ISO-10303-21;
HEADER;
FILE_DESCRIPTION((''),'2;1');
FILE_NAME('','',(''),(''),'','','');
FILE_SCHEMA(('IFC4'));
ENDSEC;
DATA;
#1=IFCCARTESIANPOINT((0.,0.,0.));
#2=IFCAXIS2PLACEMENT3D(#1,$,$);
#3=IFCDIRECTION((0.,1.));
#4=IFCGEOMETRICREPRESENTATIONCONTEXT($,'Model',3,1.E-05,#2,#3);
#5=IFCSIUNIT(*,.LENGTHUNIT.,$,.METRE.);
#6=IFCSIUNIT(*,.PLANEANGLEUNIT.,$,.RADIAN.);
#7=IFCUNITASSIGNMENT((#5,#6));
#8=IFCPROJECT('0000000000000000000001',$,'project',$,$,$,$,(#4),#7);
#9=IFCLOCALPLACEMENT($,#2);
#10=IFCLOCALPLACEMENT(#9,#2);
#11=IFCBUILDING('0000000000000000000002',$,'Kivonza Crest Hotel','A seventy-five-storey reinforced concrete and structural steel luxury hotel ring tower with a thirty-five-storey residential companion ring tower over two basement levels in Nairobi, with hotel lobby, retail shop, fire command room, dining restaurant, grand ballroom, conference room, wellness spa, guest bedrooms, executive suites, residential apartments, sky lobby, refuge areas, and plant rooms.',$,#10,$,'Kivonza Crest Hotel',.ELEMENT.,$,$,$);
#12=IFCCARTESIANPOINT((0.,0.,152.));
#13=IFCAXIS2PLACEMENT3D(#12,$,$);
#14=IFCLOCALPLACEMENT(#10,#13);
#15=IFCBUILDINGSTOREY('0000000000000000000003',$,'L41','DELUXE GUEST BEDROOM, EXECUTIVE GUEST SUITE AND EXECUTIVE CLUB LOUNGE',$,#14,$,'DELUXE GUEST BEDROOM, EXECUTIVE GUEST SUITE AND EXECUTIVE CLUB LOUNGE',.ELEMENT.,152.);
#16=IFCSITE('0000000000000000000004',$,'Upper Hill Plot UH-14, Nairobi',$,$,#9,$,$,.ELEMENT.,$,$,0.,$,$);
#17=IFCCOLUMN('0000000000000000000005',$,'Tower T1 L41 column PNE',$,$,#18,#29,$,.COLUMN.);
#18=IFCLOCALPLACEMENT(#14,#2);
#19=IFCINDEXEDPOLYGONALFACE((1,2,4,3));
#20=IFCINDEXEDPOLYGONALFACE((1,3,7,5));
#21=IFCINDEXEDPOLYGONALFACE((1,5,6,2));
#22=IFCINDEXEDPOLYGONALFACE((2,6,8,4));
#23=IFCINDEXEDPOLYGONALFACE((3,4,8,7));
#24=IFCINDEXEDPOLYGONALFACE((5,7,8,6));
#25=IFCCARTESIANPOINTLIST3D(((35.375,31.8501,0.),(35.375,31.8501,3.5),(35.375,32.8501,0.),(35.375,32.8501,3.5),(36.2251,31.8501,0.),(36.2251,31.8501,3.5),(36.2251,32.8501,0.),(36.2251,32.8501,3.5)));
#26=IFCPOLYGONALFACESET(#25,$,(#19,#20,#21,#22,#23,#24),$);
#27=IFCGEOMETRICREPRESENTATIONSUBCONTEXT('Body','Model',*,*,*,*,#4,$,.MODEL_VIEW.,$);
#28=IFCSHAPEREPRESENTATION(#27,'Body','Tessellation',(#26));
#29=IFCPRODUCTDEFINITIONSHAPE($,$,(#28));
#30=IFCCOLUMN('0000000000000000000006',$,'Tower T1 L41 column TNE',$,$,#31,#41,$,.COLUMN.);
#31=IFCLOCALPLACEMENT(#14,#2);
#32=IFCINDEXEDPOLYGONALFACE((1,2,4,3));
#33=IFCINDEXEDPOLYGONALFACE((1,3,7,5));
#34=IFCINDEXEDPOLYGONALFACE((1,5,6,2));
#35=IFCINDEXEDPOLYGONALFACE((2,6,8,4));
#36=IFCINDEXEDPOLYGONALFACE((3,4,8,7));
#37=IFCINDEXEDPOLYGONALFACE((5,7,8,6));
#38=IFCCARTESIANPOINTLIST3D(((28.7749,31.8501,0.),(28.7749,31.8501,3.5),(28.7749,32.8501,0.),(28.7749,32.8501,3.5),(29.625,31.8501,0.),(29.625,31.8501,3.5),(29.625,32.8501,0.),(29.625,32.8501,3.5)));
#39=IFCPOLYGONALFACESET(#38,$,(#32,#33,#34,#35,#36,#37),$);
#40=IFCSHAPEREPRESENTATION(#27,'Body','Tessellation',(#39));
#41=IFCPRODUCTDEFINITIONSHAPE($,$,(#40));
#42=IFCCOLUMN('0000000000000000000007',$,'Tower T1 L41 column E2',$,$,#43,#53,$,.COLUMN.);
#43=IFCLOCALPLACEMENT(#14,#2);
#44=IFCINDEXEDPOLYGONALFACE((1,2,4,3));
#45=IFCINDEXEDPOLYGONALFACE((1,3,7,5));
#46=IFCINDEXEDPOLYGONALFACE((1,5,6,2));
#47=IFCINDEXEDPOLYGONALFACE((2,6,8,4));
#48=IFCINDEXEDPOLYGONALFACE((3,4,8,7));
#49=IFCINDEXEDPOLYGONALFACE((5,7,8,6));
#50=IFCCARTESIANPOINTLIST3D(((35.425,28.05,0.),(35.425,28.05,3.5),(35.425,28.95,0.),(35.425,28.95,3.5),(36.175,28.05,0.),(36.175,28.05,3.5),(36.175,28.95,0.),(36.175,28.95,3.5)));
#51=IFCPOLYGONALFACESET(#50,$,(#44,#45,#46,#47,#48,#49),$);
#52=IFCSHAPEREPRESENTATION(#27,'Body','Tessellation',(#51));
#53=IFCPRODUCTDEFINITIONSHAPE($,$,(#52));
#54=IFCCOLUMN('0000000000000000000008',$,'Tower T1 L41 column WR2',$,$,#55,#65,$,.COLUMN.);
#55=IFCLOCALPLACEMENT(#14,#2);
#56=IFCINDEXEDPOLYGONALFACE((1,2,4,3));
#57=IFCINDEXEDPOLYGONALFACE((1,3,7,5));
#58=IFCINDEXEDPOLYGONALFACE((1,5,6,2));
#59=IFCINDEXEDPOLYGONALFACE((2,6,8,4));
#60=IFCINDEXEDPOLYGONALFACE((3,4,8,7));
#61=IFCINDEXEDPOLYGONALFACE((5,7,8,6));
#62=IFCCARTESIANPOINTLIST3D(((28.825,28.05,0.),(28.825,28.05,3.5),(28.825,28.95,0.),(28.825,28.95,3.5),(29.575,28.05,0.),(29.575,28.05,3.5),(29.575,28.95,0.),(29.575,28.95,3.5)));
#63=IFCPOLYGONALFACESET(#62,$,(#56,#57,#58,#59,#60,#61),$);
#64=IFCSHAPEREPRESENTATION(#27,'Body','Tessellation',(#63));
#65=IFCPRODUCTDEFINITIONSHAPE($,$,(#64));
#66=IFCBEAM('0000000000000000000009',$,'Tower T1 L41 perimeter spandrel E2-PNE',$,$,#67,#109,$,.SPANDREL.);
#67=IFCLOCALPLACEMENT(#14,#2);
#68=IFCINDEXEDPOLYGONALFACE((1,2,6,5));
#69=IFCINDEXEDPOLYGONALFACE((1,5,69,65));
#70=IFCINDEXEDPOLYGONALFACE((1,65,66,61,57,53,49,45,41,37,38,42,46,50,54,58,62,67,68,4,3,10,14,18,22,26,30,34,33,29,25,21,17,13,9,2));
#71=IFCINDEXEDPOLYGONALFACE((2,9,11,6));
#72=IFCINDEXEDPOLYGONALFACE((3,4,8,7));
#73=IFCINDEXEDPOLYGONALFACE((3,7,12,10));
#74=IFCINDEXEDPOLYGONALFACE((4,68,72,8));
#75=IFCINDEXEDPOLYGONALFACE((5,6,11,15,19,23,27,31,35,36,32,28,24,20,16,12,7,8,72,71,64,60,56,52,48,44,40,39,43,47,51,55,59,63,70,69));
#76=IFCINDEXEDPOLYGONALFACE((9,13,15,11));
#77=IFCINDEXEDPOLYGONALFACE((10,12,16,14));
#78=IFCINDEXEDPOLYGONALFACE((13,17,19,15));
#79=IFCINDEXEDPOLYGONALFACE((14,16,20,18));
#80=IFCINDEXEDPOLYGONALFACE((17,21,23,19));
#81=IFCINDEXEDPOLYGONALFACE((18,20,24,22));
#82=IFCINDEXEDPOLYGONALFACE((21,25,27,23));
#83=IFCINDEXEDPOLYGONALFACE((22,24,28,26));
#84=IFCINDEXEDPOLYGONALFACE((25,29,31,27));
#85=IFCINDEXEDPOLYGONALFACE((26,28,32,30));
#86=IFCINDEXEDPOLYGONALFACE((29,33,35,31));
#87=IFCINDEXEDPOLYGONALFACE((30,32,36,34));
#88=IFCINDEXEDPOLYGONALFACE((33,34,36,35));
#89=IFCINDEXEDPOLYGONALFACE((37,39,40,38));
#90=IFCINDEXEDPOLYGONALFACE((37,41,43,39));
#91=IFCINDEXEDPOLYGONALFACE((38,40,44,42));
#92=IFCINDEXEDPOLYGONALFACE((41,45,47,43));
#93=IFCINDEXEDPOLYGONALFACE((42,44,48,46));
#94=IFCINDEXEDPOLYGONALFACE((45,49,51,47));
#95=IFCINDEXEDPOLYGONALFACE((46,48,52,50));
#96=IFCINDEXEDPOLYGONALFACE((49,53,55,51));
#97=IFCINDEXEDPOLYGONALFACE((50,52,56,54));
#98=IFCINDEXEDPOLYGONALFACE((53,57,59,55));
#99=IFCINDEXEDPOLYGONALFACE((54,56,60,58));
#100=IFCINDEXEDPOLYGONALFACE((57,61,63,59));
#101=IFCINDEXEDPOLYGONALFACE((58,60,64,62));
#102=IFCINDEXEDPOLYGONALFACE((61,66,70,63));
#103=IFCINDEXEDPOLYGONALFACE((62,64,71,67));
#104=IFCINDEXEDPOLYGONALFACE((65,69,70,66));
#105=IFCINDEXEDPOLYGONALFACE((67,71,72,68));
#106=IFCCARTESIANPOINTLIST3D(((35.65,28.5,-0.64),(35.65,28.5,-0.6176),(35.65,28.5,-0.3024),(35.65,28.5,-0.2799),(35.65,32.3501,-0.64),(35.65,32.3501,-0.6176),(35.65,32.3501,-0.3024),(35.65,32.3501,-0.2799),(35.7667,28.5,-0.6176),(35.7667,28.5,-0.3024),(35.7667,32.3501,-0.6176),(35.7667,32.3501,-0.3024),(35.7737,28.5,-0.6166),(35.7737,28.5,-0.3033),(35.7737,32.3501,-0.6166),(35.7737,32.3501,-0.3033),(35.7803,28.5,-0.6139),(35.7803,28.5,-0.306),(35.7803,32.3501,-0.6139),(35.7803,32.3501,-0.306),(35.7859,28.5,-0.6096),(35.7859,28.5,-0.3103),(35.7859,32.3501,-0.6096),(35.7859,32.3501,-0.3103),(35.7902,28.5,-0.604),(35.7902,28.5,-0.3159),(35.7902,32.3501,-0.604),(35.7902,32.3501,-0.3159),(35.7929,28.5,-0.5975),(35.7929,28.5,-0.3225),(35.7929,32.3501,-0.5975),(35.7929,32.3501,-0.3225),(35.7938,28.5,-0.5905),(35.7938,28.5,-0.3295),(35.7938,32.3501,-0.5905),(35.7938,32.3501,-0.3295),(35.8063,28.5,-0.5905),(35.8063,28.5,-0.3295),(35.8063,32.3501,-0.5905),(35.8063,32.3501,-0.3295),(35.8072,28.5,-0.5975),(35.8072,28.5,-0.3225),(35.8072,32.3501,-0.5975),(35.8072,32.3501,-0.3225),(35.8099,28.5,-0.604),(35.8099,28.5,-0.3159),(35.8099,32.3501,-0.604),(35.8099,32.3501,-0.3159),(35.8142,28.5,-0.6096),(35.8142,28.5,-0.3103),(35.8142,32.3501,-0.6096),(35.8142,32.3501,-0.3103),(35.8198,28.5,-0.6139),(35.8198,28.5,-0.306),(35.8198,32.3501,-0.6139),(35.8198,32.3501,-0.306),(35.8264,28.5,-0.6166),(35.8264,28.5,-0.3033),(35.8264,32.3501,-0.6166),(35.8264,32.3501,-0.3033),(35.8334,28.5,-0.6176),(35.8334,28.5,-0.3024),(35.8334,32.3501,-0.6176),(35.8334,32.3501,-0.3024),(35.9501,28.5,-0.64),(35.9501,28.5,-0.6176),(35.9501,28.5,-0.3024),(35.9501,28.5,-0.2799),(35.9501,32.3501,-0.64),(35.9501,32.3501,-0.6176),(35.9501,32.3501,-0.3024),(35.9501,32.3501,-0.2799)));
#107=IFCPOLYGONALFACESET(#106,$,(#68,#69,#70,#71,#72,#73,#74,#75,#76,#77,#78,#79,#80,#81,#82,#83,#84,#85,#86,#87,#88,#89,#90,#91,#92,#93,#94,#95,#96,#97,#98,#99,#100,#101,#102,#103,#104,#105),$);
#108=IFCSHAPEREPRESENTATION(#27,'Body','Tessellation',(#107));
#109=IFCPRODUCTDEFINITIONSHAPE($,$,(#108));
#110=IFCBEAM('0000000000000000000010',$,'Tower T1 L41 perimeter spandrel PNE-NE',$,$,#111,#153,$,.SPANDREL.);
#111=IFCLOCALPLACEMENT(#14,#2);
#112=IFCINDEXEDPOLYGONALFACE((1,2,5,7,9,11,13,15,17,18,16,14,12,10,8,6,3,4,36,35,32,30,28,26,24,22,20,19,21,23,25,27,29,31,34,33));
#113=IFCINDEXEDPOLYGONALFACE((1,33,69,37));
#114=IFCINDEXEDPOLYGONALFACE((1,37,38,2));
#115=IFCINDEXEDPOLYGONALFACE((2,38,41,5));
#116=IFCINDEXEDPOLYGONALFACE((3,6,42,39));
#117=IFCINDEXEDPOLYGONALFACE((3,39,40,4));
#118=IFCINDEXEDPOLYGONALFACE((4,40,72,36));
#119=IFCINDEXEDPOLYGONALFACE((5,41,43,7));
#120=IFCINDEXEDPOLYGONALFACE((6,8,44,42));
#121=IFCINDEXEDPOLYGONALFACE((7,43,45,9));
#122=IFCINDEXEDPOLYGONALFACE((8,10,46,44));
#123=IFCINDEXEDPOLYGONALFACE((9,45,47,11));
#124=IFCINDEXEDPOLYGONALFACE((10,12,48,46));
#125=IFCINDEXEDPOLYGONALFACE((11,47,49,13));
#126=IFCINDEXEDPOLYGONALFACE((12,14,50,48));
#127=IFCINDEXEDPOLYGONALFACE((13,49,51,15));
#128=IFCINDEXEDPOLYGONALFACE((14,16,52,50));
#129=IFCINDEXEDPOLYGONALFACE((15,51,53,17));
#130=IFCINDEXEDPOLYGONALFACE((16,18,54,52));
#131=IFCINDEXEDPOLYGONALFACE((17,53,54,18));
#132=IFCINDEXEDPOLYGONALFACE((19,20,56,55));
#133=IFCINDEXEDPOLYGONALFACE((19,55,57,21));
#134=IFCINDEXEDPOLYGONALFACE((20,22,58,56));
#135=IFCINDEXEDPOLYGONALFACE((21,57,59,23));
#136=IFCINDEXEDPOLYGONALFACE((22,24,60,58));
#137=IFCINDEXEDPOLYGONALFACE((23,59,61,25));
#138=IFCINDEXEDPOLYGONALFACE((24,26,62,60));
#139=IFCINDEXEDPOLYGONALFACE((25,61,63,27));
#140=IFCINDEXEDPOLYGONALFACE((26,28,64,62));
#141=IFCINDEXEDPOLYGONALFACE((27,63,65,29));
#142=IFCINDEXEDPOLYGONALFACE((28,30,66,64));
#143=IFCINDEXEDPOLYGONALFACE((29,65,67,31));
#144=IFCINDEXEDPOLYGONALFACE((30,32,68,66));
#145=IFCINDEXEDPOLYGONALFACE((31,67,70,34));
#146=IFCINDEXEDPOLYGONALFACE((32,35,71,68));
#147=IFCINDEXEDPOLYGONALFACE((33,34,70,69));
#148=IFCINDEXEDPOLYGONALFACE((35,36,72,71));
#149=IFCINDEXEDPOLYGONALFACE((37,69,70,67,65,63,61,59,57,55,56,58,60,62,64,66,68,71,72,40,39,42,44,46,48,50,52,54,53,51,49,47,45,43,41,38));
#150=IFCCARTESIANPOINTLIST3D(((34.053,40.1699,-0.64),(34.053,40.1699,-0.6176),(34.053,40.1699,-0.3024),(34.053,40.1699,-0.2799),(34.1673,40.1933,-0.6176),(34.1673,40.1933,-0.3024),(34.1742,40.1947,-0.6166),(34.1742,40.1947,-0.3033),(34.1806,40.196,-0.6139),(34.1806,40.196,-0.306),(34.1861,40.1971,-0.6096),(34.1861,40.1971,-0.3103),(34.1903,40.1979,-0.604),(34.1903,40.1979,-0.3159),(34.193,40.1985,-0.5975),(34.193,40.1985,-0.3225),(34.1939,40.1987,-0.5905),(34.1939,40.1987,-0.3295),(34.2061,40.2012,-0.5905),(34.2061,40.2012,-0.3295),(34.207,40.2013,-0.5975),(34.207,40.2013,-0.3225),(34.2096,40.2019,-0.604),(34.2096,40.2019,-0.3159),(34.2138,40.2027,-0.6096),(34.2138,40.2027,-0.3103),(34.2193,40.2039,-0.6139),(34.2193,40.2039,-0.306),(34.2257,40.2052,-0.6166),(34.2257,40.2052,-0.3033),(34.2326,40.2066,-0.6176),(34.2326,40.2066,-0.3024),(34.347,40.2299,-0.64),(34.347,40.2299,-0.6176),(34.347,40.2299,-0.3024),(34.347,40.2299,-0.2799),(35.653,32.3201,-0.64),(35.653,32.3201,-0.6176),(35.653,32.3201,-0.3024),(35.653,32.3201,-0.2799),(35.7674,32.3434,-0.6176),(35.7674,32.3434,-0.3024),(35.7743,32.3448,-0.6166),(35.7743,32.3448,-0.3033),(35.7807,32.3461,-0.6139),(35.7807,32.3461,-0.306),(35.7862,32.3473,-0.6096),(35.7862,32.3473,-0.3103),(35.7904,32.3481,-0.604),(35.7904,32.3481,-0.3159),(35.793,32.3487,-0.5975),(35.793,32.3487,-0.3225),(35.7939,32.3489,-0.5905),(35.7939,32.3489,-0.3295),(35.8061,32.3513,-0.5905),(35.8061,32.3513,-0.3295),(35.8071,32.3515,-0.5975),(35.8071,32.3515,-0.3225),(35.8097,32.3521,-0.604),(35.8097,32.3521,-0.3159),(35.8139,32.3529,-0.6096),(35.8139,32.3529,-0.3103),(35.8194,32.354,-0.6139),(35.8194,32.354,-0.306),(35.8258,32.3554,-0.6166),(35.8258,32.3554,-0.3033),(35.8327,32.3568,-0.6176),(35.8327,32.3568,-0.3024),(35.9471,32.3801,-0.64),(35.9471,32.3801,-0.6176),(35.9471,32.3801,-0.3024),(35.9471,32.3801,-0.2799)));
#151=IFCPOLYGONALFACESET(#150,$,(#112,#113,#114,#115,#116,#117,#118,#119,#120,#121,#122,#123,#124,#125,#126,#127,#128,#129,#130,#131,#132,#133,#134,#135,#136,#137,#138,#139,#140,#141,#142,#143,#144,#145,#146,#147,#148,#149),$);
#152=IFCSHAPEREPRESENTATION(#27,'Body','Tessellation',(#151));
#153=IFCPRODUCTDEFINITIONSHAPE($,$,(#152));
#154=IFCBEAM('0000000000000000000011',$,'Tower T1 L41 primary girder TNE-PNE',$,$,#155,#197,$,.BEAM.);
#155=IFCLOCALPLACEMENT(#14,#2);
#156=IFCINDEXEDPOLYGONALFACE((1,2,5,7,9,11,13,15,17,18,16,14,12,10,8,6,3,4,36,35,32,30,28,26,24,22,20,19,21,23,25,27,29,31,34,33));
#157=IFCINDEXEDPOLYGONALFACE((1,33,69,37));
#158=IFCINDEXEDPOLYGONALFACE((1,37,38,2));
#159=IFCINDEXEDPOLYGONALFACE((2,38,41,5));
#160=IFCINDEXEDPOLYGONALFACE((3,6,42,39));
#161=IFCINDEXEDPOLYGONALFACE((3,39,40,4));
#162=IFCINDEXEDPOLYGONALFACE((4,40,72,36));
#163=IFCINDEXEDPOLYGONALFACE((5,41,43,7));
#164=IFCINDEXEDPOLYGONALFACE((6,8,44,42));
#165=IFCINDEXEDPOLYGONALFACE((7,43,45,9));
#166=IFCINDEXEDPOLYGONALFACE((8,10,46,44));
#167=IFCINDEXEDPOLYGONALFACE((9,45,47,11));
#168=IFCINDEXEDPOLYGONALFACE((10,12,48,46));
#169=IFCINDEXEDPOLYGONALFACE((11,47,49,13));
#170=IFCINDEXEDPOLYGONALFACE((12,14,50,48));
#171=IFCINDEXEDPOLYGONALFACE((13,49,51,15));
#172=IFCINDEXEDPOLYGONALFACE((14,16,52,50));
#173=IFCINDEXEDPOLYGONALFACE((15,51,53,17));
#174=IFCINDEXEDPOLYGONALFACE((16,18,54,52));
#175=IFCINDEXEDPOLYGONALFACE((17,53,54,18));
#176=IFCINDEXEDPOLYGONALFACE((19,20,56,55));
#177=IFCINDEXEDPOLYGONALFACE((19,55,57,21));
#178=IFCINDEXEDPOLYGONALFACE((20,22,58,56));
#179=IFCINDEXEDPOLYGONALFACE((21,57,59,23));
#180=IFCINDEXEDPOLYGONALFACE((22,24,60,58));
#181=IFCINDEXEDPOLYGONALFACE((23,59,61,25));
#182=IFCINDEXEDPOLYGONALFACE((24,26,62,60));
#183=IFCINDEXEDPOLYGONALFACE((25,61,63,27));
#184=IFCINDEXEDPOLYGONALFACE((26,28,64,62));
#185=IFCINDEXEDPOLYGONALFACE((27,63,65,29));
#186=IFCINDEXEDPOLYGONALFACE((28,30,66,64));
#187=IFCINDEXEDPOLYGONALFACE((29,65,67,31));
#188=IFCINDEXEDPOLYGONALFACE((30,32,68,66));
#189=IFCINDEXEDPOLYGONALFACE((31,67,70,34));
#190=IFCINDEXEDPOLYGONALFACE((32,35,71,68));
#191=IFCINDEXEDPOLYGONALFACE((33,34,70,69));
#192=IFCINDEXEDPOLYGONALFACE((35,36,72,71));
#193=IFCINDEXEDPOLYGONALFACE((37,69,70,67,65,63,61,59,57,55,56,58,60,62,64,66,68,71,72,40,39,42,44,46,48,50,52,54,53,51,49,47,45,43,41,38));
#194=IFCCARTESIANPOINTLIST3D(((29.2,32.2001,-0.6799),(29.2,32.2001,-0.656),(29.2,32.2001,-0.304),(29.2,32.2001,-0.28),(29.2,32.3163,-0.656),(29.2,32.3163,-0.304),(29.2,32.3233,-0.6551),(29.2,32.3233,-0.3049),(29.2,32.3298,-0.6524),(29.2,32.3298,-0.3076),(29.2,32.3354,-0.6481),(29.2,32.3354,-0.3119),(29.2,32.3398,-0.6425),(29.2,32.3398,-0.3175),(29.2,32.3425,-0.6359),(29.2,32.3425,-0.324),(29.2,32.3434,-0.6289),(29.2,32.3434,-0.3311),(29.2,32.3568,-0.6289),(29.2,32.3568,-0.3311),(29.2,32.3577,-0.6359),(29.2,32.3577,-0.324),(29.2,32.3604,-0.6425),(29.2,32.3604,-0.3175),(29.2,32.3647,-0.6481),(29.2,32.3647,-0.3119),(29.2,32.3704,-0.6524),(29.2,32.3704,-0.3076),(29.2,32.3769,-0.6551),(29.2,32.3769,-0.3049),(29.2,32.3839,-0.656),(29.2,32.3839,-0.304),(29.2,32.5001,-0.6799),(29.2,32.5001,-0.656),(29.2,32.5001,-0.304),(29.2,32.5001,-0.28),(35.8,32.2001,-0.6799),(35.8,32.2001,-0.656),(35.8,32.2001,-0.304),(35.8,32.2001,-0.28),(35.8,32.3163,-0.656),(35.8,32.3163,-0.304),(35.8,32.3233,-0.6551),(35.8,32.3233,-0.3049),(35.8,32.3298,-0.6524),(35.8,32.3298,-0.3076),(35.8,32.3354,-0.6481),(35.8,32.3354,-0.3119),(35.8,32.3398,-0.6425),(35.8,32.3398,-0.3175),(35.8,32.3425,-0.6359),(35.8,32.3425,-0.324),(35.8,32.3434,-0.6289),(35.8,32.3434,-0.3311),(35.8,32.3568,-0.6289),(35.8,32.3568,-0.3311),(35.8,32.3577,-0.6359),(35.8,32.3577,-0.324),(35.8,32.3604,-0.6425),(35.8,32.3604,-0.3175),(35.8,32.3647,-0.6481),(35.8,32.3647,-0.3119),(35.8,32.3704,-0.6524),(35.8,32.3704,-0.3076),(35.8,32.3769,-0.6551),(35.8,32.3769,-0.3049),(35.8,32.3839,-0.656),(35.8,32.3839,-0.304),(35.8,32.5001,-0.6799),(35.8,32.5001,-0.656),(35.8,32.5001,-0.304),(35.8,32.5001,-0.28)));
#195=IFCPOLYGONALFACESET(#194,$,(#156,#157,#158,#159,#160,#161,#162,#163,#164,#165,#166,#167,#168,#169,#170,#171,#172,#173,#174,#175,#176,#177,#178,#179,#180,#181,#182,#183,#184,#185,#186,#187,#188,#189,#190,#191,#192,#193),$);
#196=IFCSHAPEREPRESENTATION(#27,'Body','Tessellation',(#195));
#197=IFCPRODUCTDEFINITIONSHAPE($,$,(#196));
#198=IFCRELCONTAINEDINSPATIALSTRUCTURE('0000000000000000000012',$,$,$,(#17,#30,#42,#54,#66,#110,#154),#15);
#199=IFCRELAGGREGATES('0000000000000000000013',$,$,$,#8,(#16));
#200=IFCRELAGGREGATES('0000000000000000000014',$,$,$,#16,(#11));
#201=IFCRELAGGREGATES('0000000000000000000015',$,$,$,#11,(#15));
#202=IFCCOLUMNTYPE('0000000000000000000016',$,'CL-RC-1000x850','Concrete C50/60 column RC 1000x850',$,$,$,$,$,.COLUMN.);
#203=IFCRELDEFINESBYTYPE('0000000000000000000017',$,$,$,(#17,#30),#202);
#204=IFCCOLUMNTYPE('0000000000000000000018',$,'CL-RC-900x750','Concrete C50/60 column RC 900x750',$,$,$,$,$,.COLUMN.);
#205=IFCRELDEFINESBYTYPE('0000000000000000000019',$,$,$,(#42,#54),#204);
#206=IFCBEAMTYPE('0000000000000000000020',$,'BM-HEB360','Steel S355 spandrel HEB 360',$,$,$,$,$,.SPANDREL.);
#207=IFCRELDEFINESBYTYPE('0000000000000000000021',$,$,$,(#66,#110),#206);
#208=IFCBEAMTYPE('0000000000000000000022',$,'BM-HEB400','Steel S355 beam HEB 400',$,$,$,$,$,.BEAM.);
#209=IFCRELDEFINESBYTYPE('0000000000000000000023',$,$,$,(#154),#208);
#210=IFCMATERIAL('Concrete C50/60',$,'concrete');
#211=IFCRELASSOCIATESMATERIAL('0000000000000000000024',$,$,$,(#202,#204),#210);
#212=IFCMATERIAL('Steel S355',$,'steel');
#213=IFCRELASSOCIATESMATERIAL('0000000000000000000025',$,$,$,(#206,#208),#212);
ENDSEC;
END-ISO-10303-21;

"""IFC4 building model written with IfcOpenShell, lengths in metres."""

from ifc_helpers import new_model, si_unit, direction, frame, origin, origin_2d, place, context, subcontext, project, spatial, rectangle, i_section, extrude, material, material_profile, profile_set, type_object, element, save


model = new_model("IFC4")

# Units and contexts
model_context = context("Model", 3, precision=1e-05, world=origin(), true_north=direction((0.0, 1.0)))
body_context = subcontext(model_context, "Body", "Model", "MODEL_VIEW")
ifc_project = project(units=[si_unit("LENGTHUNIT", "METRE"), si_unit("PLANEANGLEUNIT", "RADIAN")], contexts=[model_context])

# Site, building, storey
site_placement = place(None, origin())
site = spatial("IfcSite", under=ifc_project, at=site_placement, Name="Upper Hill Plot UH-14, Nairobi", CompositionType="ELEMENT", RefElevation=0.0)
building_placement = place(site_placement, origin())
building = spatial("IfcBuilding", under=site, at=building_placement, Name="Kivonza Crest Hotel", Description="A seventy-five-storey reinforced concrete and structural steel luxury hotel ring tower with a thirty-five-storey residential companion ring tower over two basement levels in Nairobi, with hotel lobby, retail shop, fire command room, dining restaurant, grand ballroom, conference room, wellness spa, guest bedrooms, executive suites, residential apartments, sky lobby, refuge areas, and plant rooms.", LongName="Kivonza Crest Hotel", CompositionType="ELEMENT")
storey_placement = place(building_placement, frame((0.0, 0.0, 152.0)))
storey = spatial("IfcBuildingStorey", under=building, at=storey_placement, Name="L41", Description="DELUXE GUEST BEDROOM, EXECUTIVE GUEST SUITE AND EXECUTIVE CLUB LOUNGE", LongName="DELUXE GUEST BEDROOM, EXECUTIVE GUEST SUITE AND EXECUTIVE CLUB LOUNGE", CompositionType="ELEMENT", Elevation=152.0)

# Columns
ifc_material_1 = material(Name="Concrete C50/60", Category="concrete")
ifc_material_profile_1 = material_profile(ifc_material_1, rectangle(XDim=0.8501, YDim=1.0, at=origin_2d()), Name="RC 1000x850")
ifc_profile_set_1 = profile_set([ifc_material_profile_1], Name="Concrete C50/60")
column_type_1 = type_object("IfcColumnType", Name="CL-RC-1000x850", Description="Concrete C50/60 column RC 1000x850", PredefinedType="COLUMN", material=ifc_profile_set_1)
for number, where, z_axis, x_axis, name in (
    (1, (35.8, 32.3501, 0.0), (0.0, 0.0, 1.0), (1.0, 0.0, 0.0), "Tower T1 L41 column PNE"),
    (2, (29.2, 32.3501, 0.0), (0.0, 0.0, 1.0), (1.0, 0.0, 0.0), "Tower T1 L41 column TNE"),
):
    element("IfcColumn", number, at=place(storey_placement, frame(where, z_axis=z_axis, x_axis=x_axis)), inside=storey, type_object=column_type_1, Name=name, PredefinedType="COLUMN", context=body_context, shape_type="SweptSolid", body=[
        extrude(rectangle(XDim=0.8501, YDim=1.0, at=origin_2d()), origin(), (0.0, 0.0, 1.0), 3.5),
    ])
ifc_material_profile_2 = material_profile(ifc_material_1, rectangle(XDim=0.75, YDim=0.8999, at=origin_2d()), Name="RC 900x750")
ifc_profile_set_2 = profile_set([ifc_material_profile_2], Name="Concrete C50/60")
column_type_2 = type_object("IfcColumnType", Name="CL-RC-900x750", Description="Concrete C50/60 column RC 900x750", PredefinedType="COLUMN", material=ifc_profile_set_2)
for number, where, z_axis, x_axis, name in (
    (3, (35.8, 28.5, 0.0), (0.0, 0.0, 1.0), (1.0, 0.0, 0.0), "Tower T1 L41 column E2"),
    (4, (29.2, 28.5, 0.0), (0.0, 0.0, 1.0), (1.0, 0.0, 0.0), "Tower T1 L41 column WR2"),
):
    element("IfcColumn", number, at=place(storey_placement, frame(where, z_axis=z_axis, x_axis=x_axis)), inside=storey, type_object=column_type_2, Name=name, PredefinedType="COLUMN", context=body_context, shape_type="SweptSolid", body=[
        extrude(rectangle(XDim=0.75, YDim=0.8999, at=origin_2d()), origin(), (0.0, 0.0, 1.0), 3.5),
    ])

# Beams
ifc_material_2 = material(Name="Steel S355", Category="steel")
ifc_material_profile_3 = material_profile(ifc_material_2, i_section(OverallWidth=0.3, OverallDepth=0.3601, WebThickness=0.0125, FlangeThickness=0.0225, FilletRadius=0.0271, at=origin_2d()), Name="HEB 360")
ifc_profile_set_3 = profile_set([ifc_material_profile_3], Name="Steel S355")
beam_type_1 = type_object("IfcBeamType", Name="BM-HEB360", Description="Steel S355 spandrel HEB 360", PredefinedType="SPANDREL", material=ifc_profile_set_3)
beam_1_placement = place(storey_placement, frame((35.8, 28.5, -0.46), z_axis=(0.0, 1.0, 0.0), x_axis=(-1.0, 0.0, 0.0)))
element("IfcBeam", 5, at=beam_1_placement, inside=storey, type_object=beam_type_1, Name="Tower T1 L41 perimeter spandrel E2-PNE", PredefinedType="SPANDREL", context=body_context, shape_type="SweptSolid", body=[
    extrude(i_section(OverallWidth=0.3, OverallDepth=0.3601, WebThickness=0.0125, FlangeThickness=0.0225, FilletRadius=0.0271, at=origin_2d()), origin(), (0.0, 0.0, 1.0), 3.8501),
])
beam_2_placement = place(storey_placement, frame((35.8, 32.3501, -0.46), z_axis=(-0.199731, 0.979851, 0.0), x_axis=(-0.979851, -0.199731, 0.0)))
element("IfcBeam", 6, at=beam_2_placement, inside=storey, type_object=beam_type_1, Name="Tower T1 L41 perimeter spandrel PNE-NE", PredefinedType="SPANDREL", context=body_context, shape_type="SweptSolid", body=[
    extrude(i_section(OverallWidth=0.3, OverallDepth=0.3601, WebThickness=0.0125, FlangeThickness=0.0225, FilletRadius=0.0271, at=origin_2d()), origin(), (0.0, 0.0, 1.0), 8.0112),
])
ifc_material_profile_4 = material_profile(ifc_material_2, i_section(OverallWidth=0.3, OverallDepth=0.3999, WebThickness=0.0134, FlangeThickness=0.0239, FilletRadius=0.0271, at=origin_2d()), Name="HEB 400")
ifc_profile_set_4 = profile_set([ifc_material_profile_4], Name="Steel S355")
beam_type_2 = type_object("IfcBeamType", Name="BM-HEB400", Description="Steel S355 beam HEB 400", PredefinedType="BEAM", material=ifc_profile_set_4)
beam_3_placement = place(storey_placement, frame((29.2, 32.3501, -0.48), z_axis=(1.0, 0.0, 0.0), x_axis=(0.0, 1.0, 0.0)))
element("IfcBeam", 7, at=beam_3_placement, inside=storey, type_object=beam_type_2, Name="Tower T1 L41 primary girder TNE-PNE", PredefinedType="BEAM", context=body_context, shape_type="SweptSolid", body=[
    extrude(i_section(OverallWidth=0.3, OverallDepth=0.3999, WebThickness=0.0134, FlangeThickness=0.0239, FilletRadius=0.0271, at=origin_2d()), origin(), (0.0, 0.0, 1.0), 6.6001),
])

save(model, "model.ifc")
